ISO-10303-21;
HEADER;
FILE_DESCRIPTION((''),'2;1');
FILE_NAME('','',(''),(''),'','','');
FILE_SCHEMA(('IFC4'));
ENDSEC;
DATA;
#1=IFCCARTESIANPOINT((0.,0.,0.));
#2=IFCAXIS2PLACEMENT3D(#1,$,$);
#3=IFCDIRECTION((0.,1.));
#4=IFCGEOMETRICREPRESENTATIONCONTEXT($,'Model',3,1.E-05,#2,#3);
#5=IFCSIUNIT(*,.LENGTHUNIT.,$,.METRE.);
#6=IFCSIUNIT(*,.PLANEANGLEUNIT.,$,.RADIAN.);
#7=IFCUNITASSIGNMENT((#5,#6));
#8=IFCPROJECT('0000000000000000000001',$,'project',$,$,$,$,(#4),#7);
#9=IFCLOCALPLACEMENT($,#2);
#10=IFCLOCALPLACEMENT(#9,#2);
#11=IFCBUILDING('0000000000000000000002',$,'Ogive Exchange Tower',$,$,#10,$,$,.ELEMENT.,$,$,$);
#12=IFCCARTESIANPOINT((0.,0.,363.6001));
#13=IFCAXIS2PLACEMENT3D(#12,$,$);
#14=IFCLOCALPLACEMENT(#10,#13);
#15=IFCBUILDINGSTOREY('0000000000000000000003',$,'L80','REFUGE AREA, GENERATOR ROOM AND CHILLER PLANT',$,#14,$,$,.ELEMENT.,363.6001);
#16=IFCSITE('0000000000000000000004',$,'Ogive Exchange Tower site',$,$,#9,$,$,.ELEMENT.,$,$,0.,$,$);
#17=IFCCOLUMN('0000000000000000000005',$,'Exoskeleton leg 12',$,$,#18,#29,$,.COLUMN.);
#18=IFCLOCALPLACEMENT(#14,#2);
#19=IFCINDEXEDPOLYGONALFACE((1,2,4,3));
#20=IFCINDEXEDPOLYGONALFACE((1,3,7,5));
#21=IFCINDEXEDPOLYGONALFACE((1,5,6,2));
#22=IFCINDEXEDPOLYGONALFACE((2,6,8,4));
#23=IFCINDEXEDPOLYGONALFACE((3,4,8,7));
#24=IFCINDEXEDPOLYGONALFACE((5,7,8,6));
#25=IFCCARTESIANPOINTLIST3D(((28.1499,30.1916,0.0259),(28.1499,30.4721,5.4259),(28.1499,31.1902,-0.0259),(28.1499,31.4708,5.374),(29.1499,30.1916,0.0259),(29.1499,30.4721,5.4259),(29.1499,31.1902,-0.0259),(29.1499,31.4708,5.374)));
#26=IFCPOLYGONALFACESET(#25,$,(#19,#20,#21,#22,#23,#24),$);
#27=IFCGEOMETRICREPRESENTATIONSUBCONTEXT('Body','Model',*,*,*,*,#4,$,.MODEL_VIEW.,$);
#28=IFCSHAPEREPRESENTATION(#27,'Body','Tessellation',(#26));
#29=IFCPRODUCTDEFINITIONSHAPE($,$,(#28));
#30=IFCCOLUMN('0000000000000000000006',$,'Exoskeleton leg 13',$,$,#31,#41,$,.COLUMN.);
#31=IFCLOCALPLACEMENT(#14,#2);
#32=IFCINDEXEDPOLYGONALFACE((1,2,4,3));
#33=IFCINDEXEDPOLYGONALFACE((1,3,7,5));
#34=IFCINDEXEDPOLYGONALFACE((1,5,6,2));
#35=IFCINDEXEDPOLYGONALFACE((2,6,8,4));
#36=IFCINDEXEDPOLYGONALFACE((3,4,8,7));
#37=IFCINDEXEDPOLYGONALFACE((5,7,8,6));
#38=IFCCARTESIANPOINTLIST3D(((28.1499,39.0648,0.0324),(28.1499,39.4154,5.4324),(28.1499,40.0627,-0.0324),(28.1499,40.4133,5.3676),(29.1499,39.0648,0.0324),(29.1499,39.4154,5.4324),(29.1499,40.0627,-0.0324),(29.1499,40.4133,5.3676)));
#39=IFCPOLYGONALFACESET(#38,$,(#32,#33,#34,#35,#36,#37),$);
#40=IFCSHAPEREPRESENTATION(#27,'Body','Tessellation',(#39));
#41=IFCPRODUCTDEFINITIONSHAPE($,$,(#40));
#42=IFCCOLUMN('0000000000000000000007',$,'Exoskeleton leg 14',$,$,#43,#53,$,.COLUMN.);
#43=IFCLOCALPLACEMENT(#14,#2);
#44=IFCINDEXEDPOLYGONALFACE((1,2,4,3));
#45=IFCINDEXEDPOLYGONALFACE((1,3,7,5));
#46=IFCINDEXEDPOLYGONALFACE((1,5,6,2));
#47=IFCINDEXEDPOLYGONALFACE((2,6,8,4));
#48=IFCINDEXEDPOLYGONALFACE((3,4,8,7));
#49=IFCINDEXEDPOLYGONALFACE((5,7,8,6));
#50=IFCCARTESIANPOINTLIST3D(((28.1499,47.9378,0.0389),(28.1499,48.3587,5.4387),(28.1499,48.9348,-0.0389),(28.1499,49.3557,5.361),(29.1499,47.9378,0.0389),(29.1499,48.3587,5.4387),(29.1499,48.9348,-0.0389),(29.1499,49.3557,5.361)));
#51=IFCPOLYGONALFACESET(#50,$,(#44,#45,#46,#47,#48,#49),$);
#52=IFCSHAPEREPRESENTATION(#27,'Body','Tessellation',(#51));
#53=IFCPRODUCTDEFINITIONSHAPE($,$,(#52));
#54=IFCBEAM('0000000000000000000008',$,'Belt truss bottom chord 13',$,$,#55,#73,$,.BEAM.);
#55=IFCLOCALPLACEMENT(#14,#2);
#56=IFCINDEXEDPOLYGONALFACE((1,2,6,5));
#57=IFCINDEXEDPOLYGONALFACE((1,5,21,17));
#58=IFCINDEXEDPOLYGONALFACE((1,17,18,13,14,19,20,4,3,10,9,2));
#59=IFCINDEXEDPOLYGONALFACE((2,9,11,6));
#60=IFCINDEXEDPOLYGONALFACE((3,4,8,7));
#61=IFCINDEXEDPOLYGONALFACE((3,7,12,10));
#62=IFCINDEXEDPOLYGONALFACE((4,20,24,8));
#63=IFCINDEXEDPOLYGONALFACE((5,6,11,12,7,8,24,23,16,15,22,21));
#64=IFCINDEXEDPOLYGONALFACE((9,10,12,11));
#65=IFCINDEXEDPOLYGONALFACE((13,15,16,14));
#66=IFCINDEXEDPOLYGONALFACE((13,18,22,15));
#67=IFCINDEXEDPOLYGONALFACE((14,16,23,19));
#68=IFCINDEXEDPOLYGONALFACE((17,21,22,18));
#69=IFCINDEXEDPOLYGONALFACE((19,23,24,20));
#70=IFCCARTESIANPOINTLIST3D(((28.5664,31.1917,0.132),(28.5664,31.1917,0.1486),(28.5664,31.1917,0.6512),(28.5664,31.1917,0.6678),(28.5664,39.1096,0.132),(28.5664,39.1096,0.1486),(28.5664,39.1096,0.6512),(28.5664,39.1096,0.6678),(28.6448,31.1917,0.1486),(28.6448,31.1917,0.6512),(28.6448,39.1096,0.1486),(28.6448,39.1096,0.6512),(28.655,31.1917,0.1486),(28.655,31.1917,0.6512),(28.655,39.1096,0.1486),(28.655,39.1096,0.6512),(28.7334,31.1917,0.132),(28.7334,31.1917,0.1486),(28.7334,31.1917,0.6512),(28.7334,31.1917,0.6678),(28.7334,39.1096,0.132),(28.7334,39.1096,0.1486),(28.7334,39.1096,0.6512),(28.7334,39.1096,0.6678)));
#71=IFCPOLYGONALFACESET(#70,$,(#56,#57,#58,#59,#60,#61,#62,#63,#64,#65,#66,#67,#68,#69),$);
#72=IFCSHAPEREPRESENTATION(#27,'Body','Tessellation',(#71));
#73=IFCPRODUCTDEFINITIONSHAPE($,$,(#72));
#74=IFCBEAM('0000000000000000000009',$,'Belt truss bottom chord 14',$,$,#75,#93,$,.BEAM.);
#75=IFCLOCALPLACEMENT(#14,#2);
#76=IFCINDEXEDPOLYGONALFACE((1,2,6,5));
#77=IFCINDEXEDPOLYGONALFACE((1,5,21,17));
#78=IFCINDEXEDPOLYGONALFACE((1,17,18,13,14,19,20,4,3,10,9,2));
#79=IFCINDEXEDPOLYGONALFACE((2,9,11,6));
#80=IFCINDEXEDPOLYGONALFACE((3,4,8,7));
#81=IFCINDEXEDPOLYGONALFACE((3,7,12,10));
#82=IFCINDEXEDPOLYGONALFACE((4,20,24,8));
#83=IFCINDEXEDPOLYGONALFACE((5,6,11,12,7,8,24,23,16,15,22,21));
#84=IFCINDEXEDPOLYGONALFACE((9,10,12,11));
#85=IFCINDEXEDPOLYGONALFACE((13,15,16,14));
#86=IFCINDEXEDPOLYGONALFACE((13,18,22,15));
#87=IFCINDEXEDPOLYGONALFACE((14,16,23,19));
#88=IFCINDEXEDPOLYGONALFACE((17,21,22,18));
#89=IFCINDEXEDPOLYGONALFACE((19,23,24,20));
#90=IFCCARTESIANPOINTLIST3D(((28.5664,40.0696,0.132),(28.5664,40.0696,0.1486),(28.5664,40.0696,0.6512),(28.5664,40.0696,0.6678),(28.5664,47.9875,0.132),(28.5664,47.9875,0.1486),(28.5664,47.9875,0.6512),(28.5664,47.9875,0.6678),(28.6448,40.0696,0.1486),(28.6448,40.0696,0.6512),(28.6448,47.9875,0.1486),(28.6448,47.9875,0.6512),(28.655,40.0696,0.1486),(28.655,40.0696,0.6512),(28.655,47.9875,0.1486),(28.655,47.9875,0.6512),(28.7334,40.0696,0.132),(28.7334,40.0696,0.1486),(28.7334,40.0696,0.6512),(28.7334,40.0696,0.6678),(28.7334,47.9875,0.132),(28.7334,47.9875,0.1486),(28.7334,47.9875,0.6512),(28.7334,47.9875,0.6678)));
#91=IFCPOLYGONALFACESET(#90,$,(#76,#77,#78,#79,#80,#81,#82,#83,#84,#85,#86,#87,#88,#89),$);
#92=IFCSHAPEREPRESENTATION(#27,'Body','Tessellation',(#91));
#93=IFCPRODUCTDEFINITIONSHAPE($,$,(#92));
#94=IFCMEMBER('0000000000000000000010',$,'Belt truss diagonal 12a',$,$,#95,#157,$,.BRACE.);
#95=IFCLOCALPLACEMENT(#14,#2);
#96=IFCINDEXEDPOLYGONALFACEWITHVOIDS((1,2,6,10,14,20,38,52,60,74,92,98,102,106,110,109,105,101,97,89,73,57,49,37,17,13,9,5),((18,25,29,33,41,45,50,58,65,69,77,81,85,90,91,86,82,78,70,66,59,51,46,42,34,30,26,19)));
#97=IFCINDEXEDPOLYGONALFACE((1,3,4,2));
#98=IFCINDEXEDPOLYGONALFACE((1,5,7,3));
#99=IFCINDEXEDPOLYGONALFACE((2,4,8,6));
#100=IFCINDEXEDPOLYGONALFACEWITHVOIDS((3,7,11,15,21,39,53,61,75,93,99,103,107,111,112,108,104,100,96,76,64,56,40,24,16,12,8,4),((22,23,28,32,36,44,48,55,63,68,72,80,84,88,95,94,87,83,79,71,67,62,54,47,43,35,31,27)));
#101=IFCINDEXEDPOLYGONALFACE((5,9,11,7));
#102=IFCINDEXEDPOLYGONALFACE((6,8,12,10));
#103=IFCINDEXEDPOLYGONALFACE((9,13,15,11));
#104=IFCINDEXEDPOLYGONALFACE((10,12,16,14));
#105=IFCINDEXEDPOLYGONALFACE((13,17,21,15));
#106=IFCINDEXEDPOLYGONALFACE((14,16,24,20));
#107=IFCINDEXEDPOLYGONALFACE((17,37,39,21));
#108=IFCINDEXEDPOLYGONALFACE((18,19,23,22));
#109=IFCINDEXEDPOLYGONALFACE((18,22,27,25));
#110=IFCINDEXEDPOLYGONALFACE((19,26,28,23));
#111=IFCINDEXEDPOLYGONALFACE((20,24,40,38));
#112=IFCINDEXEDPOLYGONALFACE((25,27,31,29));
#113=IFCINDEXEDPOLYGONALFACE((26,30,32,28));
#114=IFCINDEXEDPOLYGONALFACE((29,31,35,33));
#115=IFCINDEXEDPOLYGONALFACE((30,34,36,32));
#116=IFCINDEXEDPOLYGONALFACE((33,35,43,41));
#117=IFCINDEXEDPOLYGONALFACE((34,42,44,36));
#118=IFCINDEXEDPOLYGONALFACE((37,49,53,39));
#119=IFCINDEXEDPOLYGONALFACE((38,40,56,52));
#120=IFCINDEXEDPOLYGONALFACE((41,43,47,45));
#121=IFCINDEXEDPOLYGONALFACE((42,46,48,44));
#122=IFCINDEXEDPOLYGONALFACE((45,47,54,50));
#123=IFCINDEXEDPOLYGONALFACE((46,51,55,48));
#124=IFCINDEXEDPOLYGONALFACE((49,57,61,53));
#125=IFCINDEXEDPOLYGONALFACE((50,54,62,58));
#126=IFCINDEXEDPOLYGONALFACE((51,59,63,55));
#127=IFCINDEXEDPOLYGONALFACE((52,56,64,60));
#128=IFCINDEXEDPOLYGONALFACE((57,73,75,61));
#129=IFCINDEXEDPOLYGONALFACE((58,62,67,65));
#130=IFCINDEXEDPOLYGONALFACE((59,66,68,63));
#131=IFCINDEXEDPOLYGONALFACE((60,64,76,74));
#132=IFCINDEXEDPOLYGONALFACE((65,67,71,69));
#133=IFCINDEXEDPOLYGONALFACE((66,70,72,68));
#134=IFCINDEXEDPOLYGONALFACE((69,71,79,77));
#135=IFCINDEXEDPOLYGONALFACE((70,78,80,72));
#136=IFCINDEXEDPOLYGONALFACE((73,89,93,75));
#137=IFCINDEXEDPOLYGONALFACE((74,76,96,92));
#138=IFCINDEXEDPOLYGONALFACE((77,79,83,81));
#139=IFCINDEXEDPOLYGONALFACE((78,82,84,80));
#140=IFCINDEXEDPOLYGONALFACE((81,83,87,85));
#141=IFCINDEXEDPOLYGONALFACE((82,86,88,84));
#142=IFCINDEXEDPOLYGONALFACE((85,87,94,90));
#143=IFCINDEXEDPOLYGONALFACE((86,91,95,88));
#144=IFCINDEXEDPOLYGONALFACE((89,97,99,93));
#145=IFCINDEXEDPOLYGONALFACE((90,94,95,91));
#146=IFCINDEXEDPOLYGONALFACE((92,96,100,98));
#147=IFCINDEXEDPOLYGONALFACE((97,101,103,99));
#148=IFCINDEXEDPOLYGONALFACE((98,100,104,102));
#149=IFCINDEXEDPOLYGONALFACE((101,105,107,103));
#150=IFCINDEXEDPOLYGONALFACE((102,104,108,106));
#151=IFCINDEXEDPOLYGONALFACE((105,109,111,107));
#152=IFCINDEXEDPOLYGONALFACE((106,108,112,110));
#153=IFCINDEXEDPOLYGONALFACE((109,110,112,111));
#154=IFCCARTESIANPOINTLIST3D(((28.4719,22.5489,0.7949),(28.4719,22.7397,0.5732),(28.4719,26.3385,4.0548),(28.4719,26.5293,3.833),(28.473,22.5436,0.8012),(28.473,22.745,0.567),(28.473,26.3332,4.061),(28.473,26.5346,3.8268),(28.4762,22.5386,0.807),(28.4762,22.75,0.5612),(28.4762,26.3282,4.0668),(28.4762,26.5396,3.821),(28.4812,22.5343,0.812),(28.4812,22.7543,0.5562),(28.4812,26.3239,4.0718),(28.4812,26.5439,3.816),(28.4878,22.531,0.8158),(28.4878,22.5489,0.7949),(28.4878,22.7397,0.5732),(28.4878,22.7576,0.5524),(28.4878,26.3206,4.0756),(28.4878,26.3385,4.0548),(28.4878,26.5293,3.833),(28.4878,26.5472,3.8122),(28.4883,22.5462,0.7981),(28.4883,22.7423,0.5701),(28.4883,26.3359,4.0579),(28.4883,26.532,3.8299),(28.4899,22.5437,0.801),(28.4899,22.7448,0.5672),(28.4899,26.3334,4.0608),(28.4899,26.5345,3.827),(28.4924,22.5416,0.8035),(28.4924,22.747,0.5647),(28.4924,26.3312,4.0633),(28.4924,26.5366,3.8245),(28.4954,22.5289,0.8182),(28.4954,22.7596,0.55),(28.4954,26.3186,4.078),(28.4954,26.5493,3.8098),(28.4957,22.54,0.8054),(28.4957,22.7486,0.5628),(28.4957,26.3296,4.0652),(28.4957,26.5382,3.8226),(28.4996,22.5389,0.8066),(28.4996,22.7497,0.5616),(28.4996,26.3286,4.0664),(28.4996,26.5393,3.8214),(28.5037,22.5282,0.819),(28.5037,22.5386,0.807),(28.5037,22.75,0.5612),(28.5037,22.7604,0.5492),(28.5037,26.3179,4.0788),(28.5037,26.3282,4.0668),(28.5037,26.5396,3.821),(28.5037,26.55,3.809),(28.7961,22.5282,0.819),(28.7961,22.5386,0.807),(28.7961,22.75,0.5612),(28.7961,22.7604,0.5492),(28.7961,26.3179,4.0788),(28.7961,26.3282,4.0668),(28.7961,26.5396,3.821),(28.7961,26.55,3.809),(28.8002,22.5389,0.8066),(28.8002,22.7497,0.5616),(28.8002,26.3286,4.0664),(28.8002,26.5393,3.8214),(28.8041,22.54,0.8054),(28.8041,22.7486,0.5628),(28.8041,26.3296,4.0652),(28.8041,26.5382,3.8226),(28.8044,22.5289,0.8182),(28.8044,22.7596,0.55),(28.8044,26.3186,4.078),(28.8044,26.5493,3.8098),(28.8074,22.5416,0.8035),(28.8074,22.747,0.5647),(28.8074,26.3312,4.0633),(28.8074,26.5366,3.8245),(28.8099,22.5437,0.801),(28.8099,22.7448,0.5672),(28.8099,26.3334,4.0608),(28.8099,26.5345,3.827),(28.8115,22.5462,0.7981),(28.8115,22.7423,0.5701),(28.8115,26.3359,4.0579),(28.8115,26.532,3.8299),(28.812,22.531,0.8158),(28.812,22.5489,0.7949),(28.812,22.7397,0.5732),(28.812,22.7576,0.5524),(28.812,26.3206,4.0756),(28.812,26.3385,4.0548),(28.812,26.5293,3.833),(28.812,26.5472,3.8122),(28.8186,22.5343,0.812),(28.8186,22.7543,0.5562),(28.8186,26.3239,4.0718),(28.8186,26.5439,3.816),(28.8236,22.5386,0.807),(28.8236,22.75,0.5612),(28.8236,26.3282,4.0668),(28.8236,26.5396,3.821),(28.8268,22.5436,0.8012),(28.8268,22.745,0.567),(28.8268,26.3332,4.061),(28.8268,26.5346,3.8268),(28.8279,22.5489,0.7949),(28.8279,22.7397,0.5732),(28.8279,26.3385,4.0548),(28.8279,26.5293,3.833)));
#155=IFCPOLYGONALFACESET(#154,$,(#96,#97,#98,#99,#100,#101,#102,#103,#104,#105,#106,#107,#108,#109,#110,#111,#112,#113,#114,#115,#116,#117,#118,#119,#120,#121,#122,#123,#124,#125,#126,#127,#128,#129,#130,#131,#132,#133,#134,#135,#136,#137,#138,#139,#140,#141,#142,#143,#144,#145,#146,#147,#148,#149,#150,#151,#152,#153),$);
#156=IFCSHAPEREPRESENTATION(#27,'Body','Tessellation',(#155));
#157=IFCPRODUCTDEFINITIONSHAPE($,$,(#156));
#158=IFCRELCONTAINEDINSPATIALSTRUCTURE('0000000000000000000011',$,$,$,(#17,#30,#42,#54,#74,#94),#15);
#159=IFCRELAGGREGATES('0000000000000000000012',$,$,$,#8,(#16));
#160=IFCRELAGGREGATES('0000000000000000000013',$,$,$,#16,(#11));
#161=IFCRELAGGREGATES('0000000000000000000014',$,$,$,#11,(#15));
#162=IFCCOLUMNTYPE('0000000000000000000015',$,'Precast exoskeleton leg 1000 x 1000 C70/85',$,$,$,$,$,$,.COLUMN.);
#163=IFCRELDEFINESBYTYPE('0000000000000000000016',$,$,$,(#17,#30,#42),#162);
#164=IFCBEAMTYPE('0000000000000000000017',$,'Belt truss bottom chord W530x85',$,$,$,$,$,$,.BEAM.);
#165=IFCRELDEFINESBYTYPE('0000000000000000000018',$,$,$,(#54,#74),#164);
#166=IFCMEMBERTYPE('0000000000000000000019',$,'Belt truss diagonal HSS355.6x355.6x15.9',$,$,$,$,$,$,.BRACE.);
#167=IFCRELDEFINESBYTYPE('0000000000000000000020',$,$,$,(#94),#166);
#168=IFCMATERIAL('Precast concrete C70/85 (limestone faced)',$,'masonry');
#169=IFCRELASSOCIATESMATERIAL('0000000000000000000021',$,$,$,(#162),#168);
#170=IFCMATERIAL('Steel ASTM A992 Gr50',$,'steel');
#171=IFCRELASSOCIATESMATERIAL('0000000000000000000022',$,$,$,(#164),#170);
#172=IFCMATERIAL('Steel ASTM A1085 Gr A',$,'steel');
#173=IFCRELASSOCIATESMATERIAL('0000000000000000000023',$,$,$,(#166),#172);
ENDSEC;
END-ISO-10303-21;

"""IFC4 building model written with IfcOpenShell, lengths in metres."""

from ifc_helpers import new_model, si_unit, direction, frame, origin, origin_2d, place, context, subcontext, project, spatial, rectangle, hollow_rectangle, i_section, extrude, material, material_profile, profile_set, type_object, element, save


model = new_model("IFC4")

# Units and contexts
model_context = context("Model", 3, precision=1e-05, world=origin(), true_north=direction((0.0, 1.0)))
body_context = subcontext(model_context, "Body", "Model", "MODEL_VIEW")
ifc_project = project(units=[si_unit("LENGTHUNIT", "METRE"), si_unit("PLANEANGLEUNIT", "RADIAN")], contexts=[model_context])

# Site, building, storey
site_placement = place(None, origin())
site = spatial("IfcSite", under=ifc_project, at=site_placement, Name="Ogive Exchange Tower site", CompositionType="ELEMENT", RefElevation=0.0)
building_placement = place(site_placement, origin())
building = spatial("IfcBuilding", under=site, at=building_placement, Name="Ogive Exchange Tower", CompositionType="ELEMENT")
storey_placement = place(building_placement, frame((0.0, 0.0, 363.6001)))
storey = spatial("IfcBuildingStorey", under=building, at=storey_placement, Name="L80", Description="REFUGE AREA, GENERATOR ROOM AND CHILLER PLANT", CompositionType="ELEMENT", Elevation=363.6001)

# Columns
ifc_material_1 = material(Name="Precast concrete C70/85 (limestone faced)", Category="masonry")
ifc_material_profile_1 = material_profile(ifc_material_1, rectangle(XDim=1.0, YDim=1.0, at=origin_2d()), Name="1000 x 1000")
ifc_profile_set_1 = profile_set([ifc_material_profile_1], Name="Precast concrete C70/85 (limestone faced)")
column_type = type_object("IfcColumnType", Name="Precast exoskeleton leg 1000 x 1000 C70/85", PredefinedType="COLUMN", material=ifc_profile_set_1)
column_1_placement = place(storey_placement, frame((28.6499, 30.6909, 0.0), z_axis=(0.0, 0.051879, 0.998653), x_axis=(-1.0, 0.0, 0.0)))
element("IfcColumn", 1, at=column_1_placement, inside=storey, type_object=column_type, Name="Exoskeleton leg 12", PredefinedType="COLUMN", context=body_context, shape_type="SweptSolid", body=[
    extrude(rectangle(XDim=1.0, YDim=1.0, at=origin_2d()), origin(), (0.0, 0.0, 1.0), 5.4072),
])
column_2_placement = place(storey_placement, frame((28.6499, 39.5637, 0.0), z_axis=(0.0, 0.064788, 0.997899), x_axis=(-1.0, 0.0, 0.0)))
element("IfcColumn", 2, at=column_2_placement, inside=storey, type_object=column_type, Name="Exoskeleton leg 13", PredefinedType="COLUMN", context=body_context, shape_type="SweptSolid", body=[
    extrude(rectangle(XDim=1.0, YDim=1.0, at=origin_2d()), origin(), (0.0, 0.0, 1.0), 5.4114),
])
column_3_placement = place(storey_placement, frame((28.6499, 48.4363, 0.0), z_axis=(0.0, 0.07771, 0.996976), x_axis=(-1.0, 0.0, 0.0)))
element("IfcColumn", 3, at=column_3_placement, inside=storey, type_object=column_type, Name="Exoskeleton leg 14", PredefinedType="COLUMN", context=body_context, shape_type="SweptSolid", body=[
    extrude(rectangle(XDim=1.0, YDim=1.0, at=origin_2d()), origin(), (0.0, 0.0, 1.0), 5.4163),
])

# Beams
ifc_material_2 = material(Name="Steel ASTM A992 Gr50", Category="steel")
ifc_material_profile_2 = material_profile(ifc_material_2, i_section(OverallWidth=0.167, OverallDepth=0.5359, WebThickness=0.0103, FlangeThickness=0.0166, at=origin_2d()), Name="W530x85")
ifc_profile_set_2 = profile_set([ifc_material_profile_2], Name="Steel ASTM A992 Gr50")
beam_type_1 = type_object("IfcBeamType", Name="Belt truss bottom chord W530x85", PredefinedType="BEAM", material=ifc_profile_set_2)
for number, where, z_axis, x_axis, name in (
    (4, (28.6499, 31.1917, 0.3999), (0.0, 1.0, 0.0), (-1.0, 0.0, 0.0), "Belt truss bottom chord 13"),
    (5, (28.6499, 40.0696, 0.3999), (0.0, 1.0, 0.0), (-1.0, 0.0, 0.0), "Belt truss bottom chord 14"),
):
    element("IfcBeam", number, at=place(storey_placement, frame(where, z_axis=z_axis, x_axis=x_axis)), inside=storey, type_object=beam_type_1, Name=name, PredefinedType="BEAM", context=body_context, shape_type="SweptSolid", body=[
        extrude(i_section(OverallWidth=0.167, OverallDepth=0.5359, WebThickness=0.0103, FlangeThickness=0.0166, at=origin_2d()), origin(), (0.0, 0.0, 1.0), 7.918),
    ])

# Member
ifc_material_3 = material(Name="Steel ASTM A1085 Gr A", Category="steel")
ifc_material_profile_3 = material_profile(ifc_material_3, hollow_rectangle(XDim=0.356, YDim=0.356, WallThickness=0.0159, InnerFilletRadius=0.0159, OuterFilletRadius=0.0317, at=origin_2d()), Name="HSS355.6x355.6x15.9")
ifc_profile_set_3 = profile_set([ifc_material_profile_3], Name="Steel ASTM A1085 Gr A")
member_type = type_object("IfcMemberType", Name="Belt truss diagonal HSS355.6x355.6x15.9", PredefinedType="BRACE", material=ifc_profile_set_3)
member_1_placement = place(storey_placement, frame((28.6499, 22.6443, 0.6841), z_axis=(0.0, 0.758111, 0.652126), x_axis=(-1.0, 0.0, 0.0)))
element("IfcMember", 6, at=member_1_placement, inside=storey, type_object=member_type, Name="Belt truss diagonal 12a", PredefinedType="BRACE", context=body_context, shape_type="SweptSolid", body=[
    extrude(hollow_rectangle(XDim=0.356, YDim=0.356, WallThickness=0.0159, InnerFilletRadius=0.0159, OuterFilletRadius=0.0317, at=origin_2d()), origin(), (0.0, 0.0, 1.0), 4.9988),
])

save(model, "model.ifc")
